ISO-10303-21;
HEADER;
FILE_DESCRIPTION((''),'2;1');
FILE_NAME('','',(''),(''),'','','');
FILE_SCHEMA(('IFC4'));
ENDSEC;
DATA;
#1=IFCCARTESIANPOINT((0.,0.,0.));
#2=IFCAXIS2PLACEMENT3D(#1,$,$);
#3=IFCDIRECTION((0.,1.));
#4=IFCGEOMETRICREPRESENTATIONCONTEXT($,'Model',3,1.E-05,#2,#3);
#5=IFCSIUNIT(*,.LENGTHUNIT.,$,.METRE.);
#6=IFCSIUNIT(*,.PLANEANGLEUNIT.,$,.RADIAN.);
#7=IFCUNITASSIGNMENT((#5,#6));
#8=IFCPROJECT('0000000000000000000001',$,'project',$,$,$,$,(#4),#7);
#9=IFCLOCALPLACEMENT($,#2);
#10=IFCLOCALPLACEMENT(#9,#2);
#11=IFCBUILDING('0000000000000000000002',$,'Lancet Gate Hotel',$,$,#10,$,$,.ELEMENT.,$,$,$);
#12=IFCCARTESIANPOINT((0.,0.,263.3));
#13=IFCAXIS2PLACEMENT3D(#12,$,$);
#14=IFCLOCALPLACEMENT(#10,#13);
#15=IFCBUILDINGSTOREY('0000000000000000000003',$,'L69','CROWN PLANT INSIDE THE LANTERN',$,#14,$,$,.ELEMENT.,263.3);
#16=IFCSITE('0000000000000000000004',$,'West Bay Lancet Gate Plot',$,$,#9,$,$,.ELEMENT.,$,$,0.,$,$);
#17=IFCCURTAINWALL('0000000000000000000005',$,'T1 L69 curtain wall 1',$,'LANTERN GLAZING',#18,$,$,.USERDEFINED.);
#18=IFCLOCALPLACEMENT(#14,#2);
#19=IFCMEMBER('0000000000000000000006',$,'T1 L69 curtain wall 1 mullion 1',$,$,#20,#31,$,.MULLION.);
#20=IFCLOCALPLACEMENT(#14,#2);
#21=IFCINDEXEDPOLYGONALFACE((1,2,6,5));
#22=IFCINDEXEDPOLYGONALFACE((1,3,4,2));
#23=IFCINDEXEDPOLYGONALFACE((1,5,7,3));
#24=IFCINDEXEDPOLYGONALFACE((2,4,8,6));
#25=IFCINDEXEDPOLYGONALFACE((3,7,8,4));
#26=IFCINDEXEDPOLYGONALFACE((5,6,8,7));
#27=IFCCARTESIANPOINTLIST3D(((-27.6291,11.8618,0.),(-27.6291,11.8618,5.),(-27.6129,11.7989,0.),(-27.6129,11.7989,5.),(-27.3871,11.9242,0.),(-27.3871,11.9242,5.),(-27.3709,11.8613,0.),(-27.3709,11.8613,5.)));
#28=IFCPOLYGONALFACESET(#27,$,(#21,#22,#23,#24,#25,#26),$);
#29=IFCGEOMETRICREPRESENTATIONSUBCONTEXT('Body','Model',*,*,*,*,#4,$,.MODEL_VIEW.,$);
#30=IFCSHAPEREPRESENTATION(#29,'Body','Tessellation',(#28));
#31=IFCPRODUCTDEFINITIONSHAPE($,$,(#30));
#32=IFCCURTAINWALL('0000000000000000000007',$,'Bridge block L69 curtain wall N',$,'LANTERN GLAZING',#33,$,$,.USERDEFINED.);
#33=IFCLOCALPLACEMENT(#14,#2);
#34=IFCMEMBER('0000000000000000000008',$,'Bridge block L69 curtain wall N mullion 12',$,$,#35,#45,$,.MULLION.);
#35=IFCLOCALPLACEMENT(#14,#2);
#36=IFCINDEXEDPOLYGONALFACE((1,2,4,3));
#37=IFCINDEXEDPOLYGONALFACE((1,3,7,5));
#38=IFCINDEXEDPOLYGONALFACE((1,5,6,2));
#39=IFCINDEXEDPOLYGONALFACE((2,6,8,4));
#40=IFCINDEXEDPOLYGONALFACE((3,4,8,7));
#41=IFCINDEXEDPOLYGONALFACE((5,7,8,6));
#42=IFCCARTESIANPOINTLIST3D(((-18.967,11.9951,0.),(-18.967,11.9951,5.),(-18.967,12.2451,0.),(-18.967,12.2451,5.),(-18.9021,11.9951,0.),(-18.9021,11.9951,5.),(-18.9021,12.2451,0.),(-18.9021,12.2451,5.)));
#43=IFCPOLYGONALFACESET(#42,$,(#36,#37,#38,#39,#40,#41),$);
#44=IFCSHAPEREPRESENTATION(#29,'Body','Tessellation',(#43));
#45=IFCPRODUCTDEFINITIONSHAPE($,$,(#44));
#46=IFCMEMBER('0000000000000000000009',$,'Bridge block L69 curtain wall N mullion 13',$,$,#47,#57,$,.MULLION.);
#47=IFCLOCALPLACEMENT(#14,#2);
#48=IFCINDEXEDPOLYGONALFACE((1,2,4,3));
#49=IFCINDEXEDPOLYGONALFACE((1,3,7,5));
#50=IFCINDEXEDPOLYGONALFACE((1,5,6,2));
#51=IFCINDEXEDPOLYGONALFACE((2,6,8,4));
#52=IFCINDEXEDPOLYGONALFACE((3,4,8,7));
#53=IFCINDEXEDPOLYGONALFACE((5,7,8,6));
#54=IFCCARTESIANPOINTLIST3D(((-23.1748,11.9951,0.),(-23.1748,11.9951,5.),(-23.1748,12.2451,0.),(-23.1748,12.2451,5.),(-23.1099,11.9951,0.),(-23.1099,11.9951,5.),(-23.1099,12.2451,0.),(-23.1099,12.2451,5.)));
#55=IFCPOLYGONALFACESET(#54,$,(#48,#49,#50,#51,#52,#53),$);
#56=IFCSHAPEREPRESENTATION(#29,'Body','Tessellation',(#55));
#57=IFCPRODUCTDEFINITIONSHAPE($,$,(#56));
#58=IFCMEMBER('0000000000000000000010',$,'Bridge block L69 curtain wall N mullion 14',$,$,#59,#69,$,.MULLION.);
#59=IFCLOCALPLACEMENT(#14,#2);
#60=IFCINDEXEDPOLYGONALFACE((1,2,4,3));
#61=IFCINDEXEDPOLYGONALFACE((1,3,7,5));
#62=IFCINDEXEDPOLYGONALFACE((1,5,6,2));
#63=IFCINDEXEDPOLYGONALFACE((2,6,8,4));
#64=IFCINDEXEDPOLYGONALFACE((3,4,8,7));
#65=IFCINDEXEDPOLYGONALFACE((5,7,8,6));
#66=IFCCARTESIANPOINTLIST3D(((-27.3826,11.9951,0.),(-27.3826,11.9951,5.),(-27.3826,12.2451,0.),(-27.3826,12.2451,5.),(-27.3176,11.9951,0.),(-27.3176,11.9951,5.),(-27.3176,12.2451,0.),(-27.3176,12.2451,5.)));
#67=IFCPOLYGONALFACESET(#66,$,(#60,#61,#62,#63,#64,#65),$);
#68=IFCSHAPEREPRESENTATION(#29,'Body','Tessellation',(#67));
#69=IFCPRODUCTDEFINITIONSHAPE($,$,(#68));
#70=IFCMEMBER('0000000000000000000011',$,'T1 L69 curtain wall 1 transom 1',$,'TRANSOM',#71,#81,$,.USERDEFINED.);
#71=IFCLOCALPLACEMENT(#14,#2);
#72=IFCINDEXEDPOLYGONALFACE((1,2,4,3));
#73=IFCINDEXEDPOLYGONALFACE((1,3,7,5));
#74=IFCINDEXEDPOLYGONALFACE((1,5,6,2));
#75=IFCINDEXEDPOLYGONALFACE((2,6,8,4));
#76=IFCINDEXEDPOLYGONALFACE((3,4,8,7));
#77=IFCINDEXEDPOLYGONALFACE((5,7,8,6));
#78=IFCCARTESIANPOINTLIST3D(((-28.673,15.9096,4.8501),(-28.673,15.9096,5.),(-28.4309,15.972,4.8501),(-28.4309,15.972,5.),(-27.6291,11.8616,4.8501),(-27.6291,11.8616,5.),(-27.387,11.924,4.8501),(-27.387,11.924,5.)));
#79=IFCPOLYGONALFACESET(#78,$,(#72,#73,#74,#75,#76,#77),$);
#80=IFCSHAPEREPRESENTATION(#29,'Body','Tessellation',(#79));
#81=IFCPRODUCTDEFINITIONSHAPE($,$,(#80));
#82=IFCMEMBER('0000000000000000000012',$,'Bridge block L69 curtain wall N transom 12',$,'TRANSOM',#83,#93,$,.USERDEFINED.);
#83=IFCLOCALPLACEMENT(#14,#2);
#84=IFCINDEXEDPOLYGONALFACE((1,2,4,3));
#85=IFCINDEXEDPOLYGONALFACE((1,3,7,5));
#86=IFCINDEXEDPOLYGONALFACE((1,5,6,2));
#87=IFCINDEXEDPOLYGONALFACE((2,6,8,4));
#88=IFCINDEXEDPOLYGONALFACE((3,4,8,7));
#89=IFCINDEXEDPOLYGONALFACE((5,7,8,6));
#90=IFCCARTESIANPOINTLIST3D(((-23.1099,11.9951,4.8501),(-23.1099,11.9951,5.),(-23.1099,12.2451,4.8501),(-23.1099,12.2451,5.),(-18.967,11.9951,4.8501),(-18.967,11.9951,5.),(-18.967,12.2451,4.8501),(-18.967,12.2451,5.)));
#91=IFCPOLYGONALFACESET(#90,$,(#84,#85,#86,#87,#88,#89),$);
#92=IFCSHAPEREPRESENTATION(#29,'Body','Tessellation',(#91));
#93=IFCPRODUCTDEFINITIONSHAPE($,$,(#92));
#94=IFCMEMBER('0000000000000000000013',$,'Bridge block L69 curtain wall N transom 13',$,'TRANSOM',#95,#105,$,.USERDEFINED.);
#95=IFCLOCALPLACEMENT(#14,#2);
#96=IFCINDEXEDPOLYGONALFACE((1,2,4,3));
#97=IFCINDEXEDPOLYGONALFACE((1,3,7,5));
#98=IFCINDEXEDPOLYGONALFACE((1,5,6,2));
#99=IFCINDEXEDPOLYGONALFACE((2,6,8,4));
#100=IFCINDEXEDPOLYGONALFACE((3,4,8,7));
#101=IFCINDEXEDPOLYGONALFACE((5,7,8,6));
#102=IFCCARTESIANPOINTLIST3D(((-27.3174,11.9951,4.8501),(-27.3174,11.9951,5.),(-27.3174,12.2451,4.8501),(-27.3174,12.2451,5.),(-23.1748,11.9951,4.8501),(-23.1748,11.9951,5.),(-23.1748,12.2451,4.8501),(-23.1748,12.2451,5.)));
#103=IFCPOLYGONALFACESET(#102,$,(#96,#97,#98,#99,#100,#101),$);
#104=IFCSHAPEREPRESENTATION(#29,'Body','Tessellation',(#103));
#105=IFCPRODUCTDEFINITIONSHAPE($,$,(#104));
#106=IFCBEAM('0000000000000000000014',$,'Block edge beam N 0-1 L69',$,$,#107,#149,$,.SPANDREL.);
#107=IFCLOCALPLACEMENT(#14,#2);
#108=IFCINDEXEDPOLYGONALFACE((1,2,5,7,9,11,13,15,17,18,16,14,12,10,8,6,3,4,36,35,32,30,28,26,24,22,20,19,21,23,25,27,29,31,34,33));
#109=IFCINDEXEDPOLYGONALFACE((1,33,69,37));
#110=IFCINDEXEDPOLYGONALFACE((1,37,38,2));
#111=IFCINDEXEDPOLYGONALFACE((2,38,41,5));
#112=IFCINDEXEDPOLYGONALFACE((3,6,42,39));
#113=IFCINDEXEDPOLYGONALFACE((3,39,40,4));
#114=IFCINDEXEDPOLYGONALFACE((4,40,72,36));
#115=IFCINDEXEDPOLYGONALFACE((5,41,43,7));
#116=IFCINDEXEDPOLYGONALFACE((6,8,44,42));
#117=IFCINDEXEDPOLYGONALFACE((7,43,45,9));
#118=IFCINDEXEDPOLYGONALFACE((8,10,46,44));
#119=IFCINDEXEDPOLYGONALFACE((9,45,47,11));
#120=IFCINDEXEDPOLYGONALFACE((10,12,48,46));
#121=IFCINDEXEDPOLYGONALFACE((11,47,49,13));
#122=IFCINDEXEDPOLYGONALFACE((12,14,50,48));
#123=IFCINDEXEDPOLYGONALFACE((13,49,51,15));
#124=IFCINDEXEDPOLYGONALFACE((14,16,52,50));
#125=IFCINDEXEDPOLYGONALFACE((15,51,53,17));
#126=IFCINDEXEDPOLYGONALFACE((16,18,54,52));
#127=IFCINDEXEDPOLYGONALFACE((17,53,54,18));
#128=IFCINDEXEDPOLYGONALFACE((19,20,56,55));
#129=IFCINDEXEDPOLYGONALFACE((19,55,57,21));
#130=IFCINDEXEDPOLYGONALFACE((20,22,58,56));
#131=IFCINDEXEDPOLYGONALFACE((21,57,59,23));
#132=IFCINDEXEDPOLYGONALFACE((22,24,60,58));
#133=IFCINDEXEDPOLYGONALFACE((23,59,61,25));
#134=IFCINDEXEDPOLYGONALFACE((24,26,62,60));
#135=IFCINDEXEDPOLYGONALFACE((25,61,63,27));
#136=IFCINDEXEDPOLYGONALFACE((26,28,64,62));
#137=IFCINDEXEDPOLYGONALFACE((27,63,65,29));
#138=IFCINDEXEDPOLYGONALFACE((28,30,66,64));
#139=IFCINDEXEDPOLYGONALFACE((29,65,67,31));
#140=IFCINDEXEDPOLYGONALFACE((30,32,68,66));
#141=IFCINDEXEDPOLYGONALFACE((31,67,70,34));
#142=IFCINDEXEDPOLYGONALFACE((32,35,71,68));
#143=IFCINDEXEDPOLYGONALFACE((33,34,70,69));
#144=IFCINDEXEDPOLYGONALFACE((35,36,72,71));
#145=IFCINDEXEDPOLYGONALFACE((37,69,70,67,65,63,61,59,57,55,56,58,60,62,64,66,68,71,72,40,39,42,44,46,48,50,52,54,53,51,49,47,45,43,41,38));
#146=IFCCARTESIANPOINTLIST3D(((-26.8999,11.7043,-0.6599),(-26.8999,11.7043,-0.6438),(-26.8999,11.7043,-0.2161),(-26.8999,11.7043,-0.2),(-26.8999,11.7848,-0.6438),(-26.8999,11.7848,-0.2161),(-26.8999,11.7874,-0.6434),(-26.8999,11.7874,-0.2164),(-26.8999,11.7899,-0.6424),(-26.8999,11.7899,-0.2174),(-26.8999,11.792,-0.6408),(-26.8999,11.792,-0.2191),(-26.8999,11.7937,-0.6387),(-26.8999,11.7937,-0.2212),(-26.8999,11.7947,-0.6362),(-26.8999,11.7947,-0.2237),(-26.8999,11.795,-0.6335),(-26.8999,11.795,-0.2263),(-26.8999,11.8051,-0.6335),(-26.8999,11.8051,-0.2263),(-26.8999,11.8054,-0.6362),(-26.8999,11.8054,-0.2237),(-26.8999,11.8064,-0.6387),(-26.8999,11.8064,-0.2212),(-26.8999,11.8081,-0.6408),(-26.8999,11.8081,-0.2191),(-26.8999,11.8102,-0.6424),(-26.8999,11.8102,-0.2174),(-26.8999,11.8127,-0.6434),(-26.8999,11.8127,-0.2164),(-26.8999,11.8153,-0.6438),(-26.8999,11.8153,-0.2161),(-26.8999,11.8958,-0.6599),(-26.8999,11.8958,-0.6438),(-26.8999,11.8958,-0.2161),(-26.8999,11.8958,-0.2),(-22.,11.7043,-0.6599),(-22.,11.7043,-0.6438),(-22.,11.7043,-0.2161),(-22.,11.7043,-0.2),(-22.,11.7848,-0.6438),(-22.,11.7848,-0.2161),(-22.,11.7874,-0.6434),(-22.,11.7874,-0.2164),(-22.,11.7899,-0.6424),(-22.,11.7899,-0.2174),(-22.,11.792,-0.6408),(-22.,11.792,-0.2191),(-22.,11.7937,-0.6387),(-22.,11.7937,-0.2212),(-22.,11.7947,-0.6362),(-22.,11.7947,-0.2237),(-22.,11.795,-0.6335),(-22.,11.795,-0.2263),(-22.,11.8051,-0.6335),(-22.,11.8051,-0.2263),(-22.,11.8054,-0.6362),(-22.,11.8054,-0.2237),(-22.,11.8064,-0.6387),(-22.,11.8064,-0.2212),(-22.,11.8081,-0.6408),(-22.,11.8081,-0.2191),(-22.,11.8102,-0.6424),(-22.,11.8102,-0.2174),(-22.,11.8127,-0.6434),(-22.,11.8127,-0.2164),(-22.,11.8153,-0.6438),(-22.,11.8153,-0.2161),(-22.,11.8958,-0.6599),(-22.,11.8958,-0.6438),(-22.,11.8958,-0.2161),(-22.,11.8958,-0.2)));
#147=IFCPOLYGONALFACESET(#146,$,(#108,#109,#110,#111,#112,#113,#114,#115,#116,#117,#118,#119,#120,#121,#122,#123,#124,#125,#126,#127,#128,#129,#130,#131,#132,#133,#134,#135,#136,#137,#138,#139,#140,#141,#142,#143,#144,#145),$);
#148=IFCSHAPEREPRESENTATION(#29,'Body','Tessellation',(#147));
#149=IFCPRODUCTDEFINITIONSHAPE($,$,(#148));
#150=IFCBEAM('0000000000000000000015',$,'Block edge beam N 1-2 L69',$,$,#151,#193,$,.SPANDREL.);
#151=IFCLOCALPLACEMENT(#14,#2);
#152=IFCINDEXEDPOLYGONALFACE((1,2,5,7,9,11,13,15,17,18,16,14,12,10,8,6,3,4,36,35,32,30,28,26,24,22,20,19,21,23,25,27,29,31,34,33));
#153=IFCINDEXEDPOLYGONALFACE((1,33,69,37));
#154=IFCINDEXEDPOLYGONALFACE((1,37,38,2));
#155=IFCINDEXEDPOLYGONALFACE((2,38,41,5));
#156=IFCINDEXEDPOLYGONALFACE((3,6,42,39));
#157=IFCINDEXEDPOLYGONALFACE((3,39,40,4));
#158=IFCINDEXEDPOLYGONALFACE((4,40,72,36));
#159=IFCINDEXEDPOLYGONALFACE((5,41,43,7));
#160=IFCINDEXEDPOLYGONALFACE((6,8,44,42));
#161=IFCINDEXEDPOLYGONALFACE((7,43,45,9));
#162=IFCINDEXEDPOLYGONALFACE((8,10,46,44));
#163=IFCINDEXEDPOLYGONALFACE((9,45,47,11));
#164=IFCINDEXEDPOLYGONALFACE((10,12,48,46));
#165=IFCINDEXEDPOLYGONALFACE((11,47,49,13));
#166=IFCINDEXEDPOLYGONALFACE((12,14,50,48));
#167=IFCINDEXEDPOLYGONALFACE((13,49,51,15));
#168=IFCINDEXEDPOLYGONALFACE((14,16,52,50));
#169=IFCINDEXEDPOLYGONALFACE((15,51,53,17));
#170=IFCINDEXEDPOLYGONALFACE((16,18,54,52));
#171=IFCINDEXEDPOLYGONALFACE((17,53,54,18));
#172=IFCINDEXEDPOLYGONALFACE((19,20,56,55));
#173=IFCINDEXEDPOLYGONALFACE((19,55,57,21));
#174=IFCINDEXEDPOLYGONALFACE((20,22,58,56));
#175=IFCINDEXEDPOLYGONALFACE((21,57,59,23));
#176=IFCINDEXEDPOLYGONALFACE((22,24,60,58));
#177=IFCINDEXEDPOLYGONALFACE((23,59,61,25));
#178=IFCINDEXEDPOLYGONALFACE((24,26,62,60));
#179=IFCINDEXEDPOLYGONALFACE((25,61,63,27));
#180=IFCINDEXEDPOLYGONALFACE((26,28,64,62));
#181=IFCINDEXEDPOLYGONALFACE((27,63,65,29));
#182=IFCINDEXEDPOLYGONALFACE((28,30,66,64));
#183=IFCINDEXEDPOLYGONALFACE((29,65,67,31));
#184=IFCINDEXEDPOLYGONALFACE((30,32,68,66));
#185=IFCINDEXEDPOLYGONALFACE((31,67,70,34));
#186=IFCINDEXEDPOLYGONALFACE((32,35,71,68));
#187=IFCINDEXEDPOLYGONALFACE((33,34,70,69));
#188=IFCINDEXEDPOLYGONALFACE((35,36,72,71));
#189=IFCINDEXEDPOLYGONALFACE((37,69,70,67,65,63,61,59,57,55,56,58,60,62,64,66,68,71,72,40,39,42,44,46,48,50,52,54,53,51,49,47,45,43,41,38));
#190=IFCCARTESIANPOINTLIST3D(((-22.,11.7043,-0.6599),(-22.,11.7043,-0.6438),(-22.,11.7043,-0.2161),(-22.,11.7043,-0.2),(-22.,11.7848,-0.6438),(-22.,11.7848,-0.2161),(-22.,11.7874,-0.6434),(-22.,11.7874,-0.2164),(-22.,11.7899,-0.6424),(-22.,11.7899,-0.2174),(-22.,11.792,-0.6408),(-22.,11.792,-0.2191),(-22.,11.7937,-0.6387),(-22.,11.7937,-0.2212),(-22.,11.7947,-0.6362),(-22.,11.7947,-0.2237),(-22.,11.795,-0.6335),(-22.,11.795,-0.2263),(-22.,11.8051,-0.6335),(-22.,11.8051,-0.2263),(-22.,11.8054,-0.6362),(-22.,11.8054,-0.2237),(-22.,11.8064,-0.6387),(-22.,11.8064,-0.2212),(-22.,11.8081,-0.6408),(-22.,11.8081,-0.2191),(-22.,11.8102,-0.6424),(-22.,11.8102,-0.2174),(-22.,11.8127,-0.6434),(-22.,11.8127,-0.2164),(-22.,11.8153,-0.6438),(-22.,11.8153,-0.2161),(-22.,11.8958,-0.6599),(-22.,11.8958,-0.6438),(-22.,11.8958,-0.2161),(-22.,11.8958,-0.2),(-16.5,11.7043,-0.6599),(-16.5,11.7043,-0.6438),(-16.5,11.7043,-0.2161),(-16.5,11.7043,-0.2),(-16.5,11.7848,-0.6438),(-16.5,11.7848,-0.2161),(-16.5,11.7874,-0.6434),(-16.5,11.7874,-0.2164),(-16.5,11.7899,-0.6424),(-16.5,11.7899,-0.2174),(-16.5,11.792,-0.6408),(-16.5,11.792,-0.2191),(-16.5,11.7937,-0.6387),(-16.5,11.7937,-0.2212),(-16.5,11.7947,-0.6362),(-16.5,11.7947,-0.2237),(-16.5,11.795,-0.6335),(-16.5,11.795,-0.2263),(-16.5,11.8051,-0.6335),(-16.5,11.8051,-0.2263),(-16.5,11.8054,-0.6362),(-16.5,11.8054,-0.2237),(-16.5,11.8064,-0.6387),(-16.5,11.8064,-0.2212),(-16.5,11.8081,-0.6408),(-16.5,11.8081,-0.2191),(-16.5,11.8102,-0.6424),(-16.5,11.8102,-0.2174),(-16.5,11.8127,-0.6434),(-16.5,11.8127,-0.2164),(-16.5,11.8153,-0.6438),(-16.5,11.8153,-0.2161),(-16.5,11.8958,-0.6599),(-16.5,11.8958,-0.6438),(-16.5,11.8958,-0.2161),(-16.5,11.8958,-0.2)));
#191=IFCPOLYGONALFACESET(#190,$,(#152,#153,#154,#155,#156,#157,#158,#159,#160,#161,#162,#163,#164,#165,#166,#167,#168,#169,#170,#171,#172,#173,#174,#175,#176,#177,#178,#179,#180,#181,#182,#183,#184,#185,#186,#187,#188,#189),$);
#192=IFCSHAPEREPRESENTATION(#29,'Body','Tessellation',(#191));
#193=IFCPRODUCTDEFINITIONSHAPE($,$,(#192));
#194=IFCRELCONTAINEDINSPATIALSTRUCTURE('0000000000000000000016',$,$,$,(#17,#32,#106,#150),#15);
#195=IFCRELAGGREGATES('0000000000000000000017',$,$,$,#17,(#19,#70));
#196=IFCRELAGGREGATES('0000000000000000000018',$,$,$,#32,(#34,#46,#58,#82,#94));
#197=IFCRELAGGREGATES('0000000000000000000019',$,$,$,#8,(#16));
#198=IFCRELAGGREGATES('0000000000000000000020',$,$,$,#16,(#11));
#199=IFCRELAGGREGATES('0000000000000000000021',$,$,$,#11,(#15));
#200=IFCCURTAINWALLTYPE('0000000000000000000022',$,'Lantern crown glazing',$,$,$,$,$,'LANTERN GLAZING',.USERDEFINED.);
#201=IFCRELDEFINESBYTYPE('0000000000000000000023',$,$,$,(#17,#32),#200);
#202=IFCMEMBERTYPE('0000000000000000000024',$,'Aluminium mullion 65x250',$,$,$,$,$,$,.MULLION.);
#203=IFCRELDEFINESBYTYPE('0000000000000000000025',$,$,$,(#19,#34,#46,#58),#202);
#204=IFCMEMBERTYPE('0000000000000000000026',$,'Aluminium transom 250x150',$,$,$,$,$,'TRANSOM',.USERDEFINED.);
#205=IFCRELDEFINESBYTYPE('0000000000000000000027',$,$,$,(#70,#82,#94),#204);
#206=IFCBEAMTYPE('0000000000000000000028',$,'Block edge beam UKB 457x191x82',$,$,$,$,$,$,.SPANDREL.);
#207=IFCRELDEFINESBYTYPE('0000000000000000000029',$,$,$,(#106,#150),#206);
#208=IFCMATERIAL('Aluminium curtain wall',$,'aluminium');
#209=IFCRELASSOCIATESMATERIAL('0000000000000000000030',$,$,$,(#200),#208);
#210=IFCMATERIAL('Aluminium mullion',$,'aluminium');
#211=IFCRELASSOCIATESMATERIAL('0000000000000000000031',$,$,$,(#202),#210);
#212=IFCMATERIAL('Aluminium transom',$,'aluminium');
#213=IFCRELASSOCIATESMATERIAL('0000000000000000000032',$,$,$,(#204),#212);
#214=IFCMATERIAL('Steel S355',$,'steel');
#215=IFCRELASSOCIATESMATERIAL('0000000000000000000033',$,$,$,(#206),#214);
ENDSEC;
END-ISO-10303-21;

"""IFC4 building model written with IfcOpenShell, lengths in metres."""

from ifc_helpers import new_model, si_unit, direction, frame, origin, origin_2d, place, context, subcontext, project, spatial, rectangle, i_section, extrude, material, material_profile, profile_set, type_object, element, aggregate, save


model = new_model("IFC4")

# Units and contexts
model_context = context("Model", 3, precision=1e-05, world=origin(), true_north=direction((0.0, 1.0)))
body_context = subcontext(model_context, "Body", "Model", "MODEL_VIEW")
ifc_project = project(units=[si_unit("LENGTHUNIT", "METRE"), si_unit("PLANEANGLEUNIT", "RADIAN")], contexts=[model_context])

# Site, building, storey
site_placement = place(None, origin())
site = spatial("IfcSite", under=ifc_project, at=site_placement, Name="West Bay Lancet Gate Plot", CompositionType="ELEMENT", RefElevation=0.0)
building_placement = place(site_placement, origin())
building = spatial("IfcBuilding", under=site, at=building_placement, Name="Lancet Gate Hotel", CompositionType="ELEMENT")
storey_placement = place(building_placement, frame((0.0, 0.0, 263.3)))
storey = spatial("IfcBuildingStorey", under=building, at=storey_placement, Name="L69", Description="CROWN PLANT INSIDE THE LANTERN", CompositionType="ELEMENT", Elevation=263.3)

# Curtain wall, member
ifc_material_1 = material(Name="Aluminium curtain wall", Category="aluminium")
curtain_wall_type = type_object("IfcCurtainWallType", Name="Lantern crown glazing", ElementType="LANTERN GLAZING", PredefinedType="USERDEFINED", material=ifc_material_1)
curtain_wall_1_placement = place(storey_placement, origin())
curtain_wall_1 = element("IfcCurtainWall", 1, at=curtain_wall_1_placement, inside=storey, type_object=curtain_wall_type, Name="T1 L69 curtain wall 1", ObjectType="LANTERN GLAZING", PredefinedType="USERDEFINED")
ifc_material_2 = material(Name="Aluminium mullion", Category="aluminium")
ifc_material_profile_1 = material_profile(ifc_material_2, rectangle(XDim=0.0649, YDim=0.25, at=origin_2d()), Name="MULLION 65x250")
ifc_profile_set_1 = profile_set([ifc_material_profile_1], Name="Aluminium mullion")
member_type_1 = type_object("IfcMemberType", Name="Aluminium mullion 65x250", PredefinedType="MULLION", material=ifc_profile_set_1)
member_1_placement = place(storey_placement, frame((-27.5, 11.8616, 0.0), z_axis=(0.0, 0.0, 1.0), x_axis=(-0.249726, 0.968317, 0.0)))
member_1 = element("IfcMember", 2, at=member_1_placement, type_object=member_type_1, Name="T1 L69 curtain wall 1 mullion 1", PredefinedType="MULLION", context=body_context, shape_type="SweptSolid", body=[
    extrude(rectangle(XDim=0.0649, YDim=0.25, at=origin_2d()), origin(), (0.0, 0.0, 1.0), 5.0),
])

# Curtain wall, members
curtain_wall_2_placement = place(storey_placement, origin())
curtain_wall_2 = element("IfcCurtainWall", 3, at=curtain_wall_2_placement, inside=storey, type_object=curtain_wall_type, Name="Bridge block L69 curtain wall N", ObjectType="LANTERN GLAZING", PredefinedType="USERDEFINED")
member_2_placement = place(storey_placement, frame((-18.9346, 12.1201, 0.0), z_axis=(0.0, 0.0, 1.0), x_axis=(-1.0, 0.0, 0.0)))
member_2 = element("IfcMember", 4, at=member_2_placement, type_object=member_type_1, Name="Bridge block L69 curtain wall N mullion 12", PredefinedType="MULLION", context=body_context, shape_type="SweptSolid", body=[
    extrude(rectangle(XDim=0.0649, YDim=0.25, at=origin_2d()), origin(), (0.0, 0.0, 1.0), 5.0),
])
member_3_placement = place(storey_placement, frame((-23.1423, 12.1201, 0.0), z_axis=(0.0, 0.0, 1.0), x_axis=(-1.0, 0.0, 0.0)))
member_3 = element("IfcMember", 5, at=member_3_placement, type_object=member_type_1, Name="Bridge block L69 curtain wall N mullion 13", PredefinedType="MULLION", context=body_context, shape_type="SweptSolid", body=[
    extrude(rectangle(XDim=0.0649, YDim=0.25, at=origin_2d()), origin(), (0.0, 0.0, 1.0), 5.0),
])
member_4_placement = place(storey_placement, frame((-27.3501, 12.1201, 0.0), z_axis=(0.0, 0.0, 1.0), x_axis=(-1.0, 0.0, 0.0)))
member_4 = element("IfcMember", 6, at=member_4_placement, type_object=member_type_1, Name="Bridge block L69 curtain wall N mullion 14", PredefinedType="MULLION", context=body_context, shape_type="SweptSolid", body=[
    extrude(rectangle(XDim=0.0649, YDim=0.25, at=origin_2d()), origin(), (0.0, 0.0, 1.0), 5.0),
])

# Members
ifc_material_3 = material(Name="Aluminium transom", Category="aluminium")
ifc_material_profile_2 = material_profile(ifc_material_3, rectangle(XDim=0.25, YDim=0.1499, at=origin_2d()), Name="TRANSOM 250x150")
ifc_profile_set_2 = profile_set([ifc_material_profile_2], Name="Aluminium transom")
member_type_2 = type_object("IfcMemberType", Name="Aluminium transom 250x150", ElementType="TRANSOM", PredefinedType="USERDEFINED", material=ifc_profile_set_2)
member_5_placement = place(storey_placement, frame((-27.5081, 11.8928, 4.925), z_axis=(-0.249716, 0.968319, 0.0), x_axis=(-0.968319, -0.249716, 0.0)))
member_5 = element("IfcMember", 7, at=member_5_placement, type_object=member_type_2, Name="T1 L69 curtain wall 1 transom 1", ObjectType="TRANSOM", PredefinedType="USERDEFINED", context=body_context, shape_type="SweptSolid", body=[
    extrude(rectangle(XDim=0.25, YDim=0.1499, at=origin_2d()), origin(), (0.0, 0.0, 1.0), 4.1804),
])
member_6_placement = place(storey_placement, frame((-18.967, 12.1201, 4.925), z_axis=(-1.0, 0.0, 0.0), x_axis=(0.0, -1.0, 0.0)))
member_6 = element("IfcMember", 8, at=member_6_placement, type_object=member_type_2, Name="Bridge block L69 curtain wall N transom 12", ObjectType="TRANSOM", PredefinedType="USERDEFINED", context=body_context, shape_type="SweptSolid", body=[
    extrude(rectangle(XDim=0.25, YDim=0.1499, at=origin_2d()), origin(), (0.0, 0.0, 1.0), 4.1428),
])
member_7_placement = place(storey_placement, frame((-23.1748, 12.1201, 4.925), z_axis=(-1.0, 0.0, 0.0), x_axis=(0.0, -1.0, 0.0)))
member_7 = element("IfcMember", 9, at=member_7_placement, type_object=member_type_2, Name="Bridge block L69 curtain wall N transom 13", ObjectType="TRANSOM", PredefinedType="USERDEFINED", context=body_context, shape_type="SweptSolid", body=[
    extrude(rectangle(XDim=0.25, YDim=0.1499, at=origin_2d()), origin(), (0.0, 0.0, 1.0), 4.1426),
])

# Beams
ifc_material_4 = material(Name="Steel S355", Category="steel")
ifc_material_profile_3 = material_profile(ifc_material_4, i_section(OverallWidth=0.1914, OverallDepth=0.46, WebThickness=0.01, FlangeThickness=0.0161, FilletRadius=0.0103, at=origin_2d()), Name="UKB 457x191x82")
ifc_profile_set_3 = profile_set([ifc_material_profile_3], Name="Steel S355")
beam_type_1 = type_object("IfcBeamType", Name="Block edge beam UKB 457x191x82", PredefinedType="SPANDREL", material=ifc_profile_set_3)
beam_1_placement = place(storey_placement, frame((-26.8999, 11.8, -0.4299), z_axis=(1.0, 0.0, 0.0), x_axis=(0.0, 1.0, 0.0)))
element("IfcBeam", 10, at=beam_1_placement, inside=storey, type_object=beam_type_1, Name="Block edge beam N 0-1 L69", PredefinedType="SPANDREL", context=body_context, shape_type="SweptSolid", body=[
    extrude(i_section(OverallWidth=0.1914, OverallDepth=0.46, WebThickness=0.01, FlangeThickness=0.0161, FilletRadius=0.0103, at=origin_2d()), origin(), (0.0, 0.0, 1.0), 4.8999),
])
for number, where, z_axis, x_axis, name in (
    (11, (-22.0, 11.8, -0.4299), (1.0, 0.0, 0.0), (0.0, 1.0, 0.0), "Block edge beam N 1-2 L69"),
):
    element("IfcBeam", number, at=place(storey_placement, frame(where, z_axis=z_axis, x_axis=x_axis)), inside=storey, type_object=beam_type_1, Name=name, PredefinedType="SPANDREL", context=body_context, shape_type="SweptSolid", body=[
        extrude(i_section(OverallWidth=0.1914, OverallDepth=0.46, WebThickness=0.01, FlangeThickness=0.0161, FilletRadius=0.0103, at=origin_2d()), origin(), (0.0, 0.0, 1.0), 5.5),
    ])

aggregate(curtain_wall_1, [member_1, member_5])
aggregate(curtain_wall_2, [member_2, member_3, member_4, member_6, member_7])

save(model, "model.ifc")
